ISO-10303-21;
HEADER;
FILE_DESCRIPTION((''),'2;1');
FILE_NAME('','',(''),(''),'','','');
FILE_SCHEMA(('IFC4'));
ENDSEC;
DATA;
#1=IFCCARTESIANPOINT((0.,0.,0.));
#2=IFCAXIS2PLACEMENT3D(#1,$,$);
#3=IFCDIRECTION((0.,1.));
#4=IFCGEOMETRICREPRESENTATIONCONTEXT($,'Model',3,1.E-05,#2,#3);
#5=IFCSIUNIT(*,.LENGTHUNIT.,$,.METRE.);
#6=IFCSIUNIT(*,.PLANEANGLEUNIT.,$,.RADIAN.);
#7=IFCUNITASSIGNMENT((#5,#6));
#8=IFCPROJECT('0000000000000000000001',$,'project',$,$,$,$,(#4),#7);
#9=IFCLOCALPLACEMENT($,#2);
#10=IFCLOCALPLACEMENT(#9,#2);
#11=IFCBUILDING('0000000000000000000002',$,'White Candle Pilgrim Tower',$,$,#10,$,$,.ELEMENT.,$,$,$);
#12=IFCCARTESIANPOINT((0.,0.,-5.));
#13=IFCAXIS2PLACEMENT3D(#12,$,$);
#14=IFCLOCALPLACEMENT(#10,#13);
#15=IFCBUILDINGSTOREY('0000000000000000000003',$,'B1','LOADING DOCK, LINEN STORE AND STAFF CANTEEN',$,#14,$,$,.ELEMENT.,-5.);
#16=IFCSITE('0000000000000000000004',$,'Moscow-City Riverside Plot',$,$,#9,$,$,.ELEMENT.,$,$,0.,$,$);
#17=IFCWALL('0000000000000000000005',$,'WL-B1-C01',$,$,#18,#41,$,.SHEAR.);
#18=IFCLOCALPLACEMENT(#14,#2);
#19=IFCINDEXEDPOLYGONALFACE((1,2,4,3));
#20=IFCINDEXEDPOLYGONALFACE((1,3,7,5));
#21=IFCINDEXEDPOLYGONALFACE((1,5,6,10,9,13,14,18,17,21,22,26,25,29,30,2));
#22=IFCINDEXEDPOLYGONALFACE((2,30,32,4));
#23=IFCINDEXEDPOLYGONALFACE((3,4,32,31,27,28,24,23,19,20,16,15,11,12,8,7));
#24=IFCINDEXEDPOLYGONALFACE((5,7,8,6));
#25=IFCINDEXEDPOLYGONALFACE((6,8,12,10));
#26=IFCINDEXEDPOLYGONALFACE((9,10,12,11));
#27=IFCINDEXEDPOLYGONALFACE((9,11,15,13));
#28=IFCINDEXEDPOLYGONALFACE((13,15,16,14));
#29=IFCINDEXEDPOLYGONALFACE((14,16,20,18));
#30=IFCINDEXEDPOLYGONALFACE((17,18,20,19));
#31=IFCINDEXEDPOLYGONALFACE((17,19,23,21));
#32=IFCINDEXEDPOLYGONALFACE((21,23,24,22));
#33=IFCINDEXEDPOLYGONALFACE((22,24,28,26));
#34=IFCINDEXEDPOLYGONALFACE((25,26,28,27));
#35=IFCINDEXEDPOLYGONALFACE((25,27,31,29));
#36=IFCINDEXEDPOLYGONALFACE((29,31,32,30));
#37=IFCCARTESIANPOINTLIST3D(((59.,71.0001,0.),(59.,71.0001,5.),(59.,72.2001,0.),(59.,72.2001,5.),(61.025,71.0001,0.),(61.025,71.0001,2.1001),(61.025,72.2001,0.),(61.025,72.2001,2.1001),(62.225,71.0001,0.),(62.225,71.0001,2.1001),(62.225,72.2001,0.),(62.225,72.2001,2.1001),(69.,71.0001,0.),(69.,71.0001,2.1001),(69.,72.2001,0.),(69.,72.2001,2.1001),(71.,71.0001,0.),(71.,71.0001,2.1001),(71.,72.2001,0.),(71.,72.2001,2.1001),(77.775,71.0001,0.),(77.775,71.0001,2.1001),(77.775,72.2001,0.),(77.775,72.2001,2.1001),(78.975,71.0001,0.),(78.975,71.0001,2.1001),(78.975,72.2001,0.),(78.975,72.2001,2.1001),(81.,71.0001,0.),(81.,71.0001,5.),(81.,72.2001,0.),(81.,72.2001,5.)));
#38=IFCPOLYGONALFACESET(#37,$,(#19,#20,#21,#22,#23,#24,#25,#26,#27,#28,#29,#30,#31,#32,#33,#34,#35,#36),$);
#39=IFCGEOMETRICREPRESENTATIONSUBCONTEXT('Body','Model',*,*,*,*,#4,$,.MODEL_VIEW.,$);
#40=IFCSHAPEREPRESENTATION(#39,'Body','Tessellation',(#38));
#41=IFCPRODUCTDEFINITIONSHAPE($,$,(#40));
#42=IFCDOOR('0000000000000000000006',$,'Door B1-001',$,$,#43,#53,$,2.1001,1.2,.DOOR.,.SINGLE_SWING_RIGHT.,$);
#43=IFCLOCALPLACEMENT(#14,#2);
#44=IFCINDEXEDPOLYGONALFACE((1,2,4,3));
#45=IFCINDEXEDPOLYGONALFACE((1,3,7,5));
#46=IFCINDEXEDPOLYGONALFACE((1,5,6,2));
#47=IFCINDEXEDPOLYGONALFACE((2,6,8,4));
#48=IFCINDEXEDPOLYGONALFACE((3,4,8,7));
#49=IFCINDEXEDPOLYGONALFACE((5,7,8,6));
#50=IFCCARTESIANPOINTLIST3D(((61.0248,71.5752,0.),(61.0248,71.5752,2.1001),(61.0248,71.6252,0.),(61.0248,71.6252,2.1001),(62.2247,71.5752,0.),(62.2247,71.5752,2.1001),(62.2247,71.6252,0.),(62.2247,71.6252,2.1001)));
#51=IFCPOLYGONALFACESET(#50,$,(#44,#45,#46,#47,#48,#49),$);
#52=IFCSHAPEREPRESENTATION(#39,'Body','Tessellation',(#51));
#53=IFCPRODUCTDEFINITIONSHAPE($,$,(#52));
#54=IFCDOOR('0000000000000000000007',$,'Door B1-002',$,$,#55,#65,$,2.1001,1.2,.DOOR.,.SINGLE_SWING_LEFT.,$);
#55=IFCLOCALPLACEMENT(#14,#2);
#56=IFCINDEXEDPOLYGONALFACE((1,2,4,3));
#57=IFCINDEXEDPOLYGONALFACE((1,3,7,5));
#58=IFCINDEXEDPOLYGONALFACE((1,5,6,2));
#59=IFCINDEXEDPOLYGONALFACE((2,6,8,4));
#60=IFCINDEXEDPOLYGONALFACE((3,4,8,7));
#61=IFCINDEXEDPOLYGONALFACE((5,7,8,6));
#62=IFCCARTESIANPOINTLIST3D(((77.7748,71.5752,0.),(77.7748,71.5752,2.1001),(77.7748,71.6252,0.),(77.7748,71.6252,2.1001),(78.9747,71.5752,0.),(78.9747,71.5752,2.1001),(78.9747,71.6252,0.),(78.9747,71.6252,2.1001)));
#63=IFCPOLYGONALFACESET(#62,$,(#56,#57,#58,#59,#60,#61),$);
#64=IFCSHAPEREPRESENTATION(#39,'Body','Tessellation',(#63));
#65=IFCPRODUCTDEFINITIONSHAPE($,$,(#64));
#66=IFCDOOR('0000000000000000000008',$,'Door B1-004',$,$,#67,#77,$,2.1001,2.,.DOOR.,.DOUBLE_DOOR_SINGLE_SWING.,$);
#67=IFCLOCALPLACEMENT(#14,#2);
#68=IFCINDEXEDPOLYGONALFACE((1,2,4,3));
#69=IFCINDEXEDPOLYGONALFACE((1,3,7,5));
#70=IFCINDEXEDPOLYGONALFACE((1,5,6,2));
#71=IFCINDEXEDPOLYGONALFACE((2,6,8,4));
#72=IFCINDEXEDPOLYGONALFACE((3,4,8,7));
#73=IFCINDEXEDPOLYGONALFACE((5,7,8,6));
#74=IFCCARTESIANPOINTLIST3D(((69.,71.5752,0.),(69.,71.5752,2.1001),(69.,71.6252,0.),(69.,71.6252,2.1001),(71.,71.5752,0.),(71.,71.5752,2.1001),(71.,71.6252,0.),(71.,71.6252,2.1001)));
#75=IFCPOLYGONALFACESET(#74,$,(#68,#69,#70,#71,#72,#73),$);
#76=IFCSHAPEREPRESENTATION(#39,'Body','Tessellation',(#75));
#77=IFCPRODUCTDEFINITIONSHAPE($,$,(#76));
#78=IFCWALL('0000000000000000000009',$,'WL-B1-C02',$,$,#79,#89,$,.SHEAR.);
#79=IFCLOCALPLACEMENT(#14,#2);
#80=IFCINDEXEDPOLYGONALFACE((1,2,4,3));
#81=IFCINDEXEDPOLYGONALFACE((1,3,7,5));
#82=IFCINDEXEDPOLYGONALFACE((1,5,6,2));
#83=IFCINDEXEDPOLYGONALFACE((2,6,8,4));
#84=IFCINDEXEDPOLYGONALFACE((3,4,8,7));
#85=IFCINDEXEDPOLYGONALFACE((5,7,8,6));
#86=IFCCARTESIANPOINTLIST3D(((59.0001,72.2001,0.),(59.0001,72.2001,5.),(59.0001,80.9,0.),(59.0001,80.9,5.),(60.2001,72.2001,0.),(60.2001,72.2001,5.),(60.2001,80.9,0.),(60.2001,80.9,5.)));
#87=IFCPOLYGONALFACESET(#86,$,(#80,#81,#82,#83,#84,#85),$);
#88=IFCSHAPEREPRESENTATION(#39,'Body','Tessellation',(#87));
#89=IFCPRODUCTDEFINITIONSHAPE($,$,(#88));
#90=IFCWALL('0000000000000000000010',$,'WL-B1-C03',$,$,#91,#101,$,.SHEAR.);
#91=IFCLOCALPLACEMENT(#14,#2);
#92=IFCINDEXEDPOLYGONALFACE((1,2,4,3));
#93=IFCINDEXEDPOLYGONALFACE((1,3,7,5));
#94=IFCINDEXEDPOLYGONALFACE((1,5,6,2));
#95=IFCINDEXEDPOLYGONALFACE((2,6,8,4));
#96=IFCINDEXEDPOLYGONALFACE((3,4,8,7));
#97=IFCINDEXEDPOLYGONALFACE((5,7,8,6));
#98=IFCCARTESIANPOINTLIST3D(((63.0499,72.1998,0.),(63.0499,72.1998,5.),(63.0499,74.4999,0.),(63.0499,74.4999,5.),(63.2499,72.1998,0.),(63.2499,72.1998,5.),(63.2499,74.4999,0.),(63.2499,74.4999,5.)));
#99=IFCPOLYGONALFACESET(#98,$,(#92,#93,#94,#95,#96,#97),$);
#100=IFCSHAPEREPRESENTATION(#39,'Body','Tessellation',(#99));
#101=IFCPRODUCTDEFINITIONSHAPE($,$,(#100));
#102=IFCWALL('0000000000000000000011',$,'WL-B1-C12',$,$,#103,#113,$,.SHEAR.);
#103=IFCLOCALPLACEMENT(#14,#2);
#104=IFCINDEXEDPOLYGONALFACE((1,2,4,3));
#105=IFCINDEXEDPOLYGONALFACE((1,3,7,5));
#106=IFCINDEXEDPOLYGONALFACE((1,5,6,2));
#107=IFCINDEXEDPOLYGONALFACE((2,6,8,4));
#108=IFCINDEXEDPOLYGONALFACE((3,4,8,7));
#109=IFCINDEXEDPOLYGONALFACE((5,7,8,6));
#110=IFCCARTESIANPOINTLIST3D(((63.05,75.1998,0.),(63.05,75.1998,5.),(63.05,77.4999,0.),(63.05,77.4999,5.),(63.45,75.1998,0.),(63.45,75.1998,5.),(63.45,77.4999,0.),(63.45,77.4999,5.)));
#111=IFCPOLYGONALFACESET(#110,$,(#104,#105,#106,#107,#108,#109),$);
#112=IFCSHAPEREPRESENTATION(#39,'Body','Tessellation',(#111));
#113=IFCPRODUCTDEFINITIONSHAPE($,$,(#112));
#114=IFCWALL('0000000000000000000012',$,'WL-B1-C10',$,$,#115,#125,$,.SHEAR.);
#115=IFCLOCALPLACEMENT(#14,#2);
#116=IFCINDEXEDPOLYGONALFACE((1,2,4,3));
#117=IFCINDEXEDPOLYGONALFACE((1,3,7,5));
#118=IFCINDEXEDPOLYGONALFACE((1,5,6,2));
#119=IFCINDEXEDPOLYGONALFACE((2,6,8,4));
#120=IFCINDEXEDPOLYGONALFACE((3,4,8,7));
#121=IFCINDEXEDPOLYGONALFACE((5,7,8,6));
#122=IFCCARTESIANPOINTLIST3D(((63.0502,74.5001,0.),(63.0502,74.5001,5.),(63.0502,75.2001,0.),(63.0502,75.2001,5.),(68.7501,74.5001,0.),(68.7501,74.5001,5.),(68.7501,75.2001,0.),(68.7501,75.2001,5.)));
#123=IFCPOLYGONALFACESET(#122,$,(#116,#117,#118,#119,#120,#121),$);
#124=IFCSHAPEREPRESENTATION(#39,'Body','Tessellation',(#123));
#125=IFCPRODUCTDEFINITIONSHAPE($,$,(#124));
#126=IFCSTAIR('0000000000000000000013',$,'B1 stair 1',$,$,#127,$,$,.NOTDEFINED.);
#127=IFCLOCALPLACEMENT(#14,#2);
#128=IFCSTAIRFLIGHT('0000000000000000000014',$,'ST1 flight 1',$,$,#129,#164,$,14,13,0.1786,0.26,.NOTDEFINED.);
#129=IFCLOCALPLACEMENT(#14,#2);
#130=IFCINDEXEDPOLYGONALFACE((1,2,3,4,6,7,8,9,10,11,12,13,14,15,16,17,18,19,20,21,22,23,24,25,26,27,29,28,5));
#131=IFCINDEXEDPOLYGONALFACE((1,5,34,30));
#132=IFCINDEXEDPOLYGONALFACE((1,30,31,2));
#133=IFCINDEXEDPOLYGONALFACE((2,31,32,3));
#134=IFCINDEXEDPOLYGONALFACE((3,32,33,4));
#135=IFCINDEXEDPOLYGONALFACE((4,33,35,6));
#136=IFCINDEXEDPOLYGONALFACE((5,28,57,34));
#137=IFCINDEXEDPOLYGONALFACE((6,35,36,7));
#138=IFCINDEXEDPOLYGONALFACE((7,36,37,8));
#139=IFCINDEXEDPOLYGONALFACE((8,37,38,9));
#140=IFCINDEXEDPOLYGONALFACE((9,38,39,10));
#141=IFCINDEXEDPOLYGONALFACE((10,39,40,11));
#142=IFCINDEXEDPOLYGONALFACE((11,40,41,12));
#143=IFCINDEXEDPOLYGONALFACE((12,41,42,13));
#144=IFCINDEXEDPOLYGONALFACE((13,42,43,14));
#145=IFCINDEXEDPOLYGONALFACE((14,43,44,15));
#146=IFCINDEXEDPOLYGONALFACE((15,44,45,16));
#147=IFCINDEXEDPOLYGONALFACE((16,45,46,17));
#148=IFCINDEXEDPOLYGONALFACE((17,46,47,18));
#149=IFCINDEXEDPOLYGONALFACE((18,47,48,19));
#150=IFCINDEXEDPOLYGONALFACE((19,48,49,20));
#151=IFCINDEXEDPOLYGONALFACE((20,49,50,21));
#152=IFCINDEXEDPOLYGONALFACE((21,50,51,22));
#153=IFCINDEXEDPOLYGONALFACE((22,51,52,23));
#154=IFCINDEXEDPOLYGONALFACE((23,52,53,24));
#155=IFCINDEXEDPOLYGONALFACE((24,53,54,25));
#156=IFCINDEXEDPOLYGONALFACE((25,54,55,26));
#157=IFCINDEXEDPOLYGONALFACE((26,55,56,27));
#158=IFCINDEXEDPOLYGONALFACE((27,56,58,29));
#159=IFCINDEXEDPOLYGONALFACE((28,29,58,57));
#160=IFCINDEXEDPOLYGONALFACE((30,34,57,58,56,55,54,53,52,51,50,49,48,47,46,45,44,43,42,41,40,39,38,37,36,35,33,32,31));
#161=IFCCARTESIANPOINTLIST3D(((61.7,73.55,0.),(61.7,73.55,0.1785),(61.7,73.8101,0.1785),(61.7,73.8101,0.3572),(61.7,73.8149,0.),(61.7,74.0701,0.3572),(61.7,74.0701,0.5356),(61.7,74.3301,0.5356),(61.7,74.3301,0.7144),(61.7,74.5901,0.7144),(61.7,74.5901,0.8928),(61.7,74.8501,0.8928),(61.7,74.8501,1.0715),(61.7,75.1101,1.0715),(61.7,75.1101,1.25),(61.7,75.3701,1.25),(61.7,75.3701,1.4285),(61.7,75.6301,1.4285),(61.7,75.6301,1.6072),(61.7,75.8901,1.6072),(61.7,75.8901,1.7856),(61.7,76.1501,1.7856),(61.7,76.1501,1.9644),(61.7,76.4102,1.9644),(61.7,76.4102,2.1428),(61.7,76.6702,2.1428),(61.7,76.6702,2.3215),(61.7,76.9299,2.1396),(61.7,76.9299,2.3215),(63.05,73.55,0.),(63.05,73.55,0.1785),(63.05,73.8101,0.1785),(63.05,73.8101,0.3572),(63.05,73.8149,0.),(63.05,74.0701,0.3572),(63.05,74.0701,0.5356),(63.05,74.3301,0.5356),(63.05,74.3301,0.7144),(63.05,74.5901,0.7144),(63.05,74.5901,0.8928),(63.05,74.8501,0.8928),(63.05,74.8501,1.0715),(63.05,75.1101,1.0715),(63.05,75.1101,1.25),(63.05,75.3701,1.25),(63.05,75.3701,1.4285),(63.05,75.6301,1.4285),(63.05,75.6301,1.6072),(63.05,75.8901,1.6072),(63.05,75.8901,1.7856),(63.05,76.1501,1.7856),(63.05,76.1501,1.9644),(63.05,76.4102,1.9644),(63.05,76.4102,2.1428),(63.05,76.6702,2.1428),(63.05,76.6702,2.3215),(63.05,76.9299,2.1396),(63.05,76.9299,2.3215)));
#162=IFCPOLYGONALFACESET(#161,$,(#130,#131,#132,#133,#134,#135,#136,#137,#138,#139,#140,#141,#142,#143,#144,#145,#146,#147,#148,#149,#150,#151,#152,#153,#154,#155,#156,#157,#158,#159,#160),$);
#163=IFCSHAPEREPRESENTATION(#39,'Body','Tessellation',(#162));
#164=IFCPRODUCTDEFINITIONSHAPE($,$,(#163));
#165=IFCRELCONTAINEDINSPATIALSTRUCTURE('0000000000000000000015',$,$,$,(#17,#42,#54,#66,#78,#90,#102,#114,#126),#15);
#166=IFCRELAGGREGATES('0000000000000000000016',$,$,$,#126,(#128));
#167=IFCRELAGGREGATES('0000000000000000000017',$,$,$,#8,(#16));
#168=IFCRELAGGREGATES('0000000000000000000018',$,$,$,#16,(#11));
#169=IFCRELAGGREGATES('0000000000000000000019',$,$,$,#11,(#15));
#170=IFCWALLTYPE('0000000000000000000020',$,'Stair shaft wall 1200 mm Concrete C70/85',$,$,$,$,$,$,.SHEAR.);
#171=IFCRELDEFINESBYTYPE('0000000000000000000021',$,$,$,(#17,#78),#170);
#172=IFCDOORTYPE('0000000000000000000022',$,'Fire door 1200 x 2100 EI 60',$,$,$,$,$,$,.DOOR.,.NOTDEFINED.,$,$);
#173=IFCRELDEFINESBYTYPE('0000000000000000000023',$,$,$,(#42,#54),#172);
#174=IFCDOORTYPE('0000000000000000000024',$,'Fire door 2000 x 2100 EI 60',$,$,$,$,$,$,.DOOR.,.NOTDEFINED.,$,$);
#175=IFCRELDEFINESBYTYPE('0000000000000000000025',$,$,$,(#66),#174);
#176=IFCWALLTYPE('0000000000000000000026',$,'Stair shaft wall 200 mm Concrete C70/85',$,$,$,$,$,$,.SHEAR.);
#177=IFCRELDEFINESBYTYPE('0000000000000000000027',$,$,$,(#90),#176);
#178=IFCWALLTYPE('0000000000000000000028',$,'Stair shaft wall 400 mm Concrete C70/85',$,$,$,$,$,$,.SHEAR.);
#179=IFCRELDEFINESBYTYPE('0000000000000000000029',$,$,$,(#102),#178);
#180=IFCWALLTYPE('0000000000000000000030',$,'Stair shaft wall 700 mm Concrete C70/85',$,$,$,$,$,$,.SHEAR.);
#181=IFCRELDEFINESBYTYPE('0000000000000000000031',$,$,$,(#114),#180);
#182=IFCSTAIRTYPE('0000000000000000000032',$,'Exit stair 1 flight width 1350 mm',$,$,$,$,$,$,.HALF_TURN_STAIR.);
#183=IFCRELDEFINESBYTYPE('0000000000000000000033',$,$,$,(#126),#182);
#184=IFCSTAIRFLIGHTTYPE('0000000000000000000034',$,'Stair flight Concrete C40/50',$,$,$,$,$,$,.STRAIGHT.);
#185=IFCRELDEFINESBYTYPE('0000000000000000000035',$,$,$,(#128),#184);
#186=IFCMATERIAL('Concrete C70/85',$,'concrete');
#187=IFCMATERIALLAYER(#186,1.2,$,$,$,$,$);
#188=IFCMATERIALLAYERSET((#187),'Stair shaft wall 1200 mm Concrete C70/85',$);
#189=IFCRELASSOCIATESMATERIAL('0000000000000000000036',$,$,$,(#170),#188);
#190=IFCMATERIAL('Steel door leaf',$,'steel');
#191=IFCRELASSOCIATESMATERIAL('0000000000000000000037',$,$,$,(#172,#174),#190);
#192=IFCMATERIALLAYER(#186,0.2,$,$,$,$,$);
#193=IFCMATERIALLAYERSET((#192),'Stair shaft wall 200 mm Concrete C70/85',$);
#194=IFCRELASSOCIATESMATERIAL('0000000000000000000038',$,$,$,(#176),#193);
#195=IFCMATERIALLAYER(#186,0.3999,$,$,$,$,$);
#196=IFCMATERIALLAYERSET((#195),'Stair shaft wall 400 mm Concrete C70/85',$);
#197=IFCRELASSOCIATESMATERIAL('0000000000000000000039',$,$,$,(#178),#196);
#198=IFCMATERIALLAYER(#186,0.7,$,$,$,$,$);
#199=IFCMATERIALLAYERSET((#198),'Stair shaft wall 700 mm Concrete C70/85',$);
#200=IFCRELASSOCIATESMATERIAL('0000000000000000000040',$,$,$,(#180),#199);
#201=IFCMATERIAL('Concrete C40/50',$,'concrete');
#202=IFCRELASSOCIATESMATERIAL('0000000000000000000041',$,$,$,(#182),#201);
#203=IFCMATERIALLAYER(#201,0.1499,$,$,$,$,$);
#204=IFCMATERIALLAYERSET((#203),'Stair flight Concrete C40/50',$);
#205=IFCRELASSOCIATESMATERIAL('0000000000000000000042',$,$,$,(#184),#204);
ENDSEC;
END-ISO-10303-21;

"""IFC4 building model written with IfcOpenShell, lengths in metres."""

from ifc_helpers import new_model, si_unit, direction, frame, frame_2d, origin, place, context, subcontext, project, spatial, polyline, rectangle, outline, extrude, material, layer, layer_set, type_object, element, fill, aggregate, save


model = new_model("IFC4")

# Units and contexts
model_context = context("Model", 3, precision=1e-05, world=origin(), true_north=direction((0.0, 1.0)))
body_context = subcontext(model_context, "Body", "Model", "MODEL_VIEW")
ifc_project = project(units=[si_unit("LENGTHUNIT", "METRE"), si_unit("PLANEANGLEUNIT", "RADIAN")], contexts=[model_context])

# Site, building, storey
site_placement = place(None, origin())
site = spatial("IfcSite", under=ifc_project, at=site_placement, Name="Moscow-City Riverside Plot", CompositionType="ELEMENT", RefElevation=0.0)
building_placement = place(site_placement, origin())
building = spatial("IfcBuilding", under=site, at=building_placement, Name="White Candle Pilgrim Tower", CompositionType="ELEMENT")
storey_placement = place(building_placement, frame((0.0, 0.0, -5.0)))
storey = spatial("IfcBuildingStorey", under=building, at=storey_placement, Name="B1", Description="LOADING DOCK, LINEN STORE AND STAFF CANTEEN", CompositionType="ELEMENT", Elevation=-5.0)

# Shared definitions
ifc_material_1 = material(Name="Concrete C70/85", Category="concrete")

# Wall, openings, doors
ifc_layer_1 = layer(ifc_material_1, 1.2)
ifc_layer_set_1 = layer_set([ifc_layer_1], Name="Stair shaft wall 1200 mm Concrete C70/85")
wall_type_1 = type_object("IfcWallType", Name="Stair shaft wall 1200 mm Concrete C70/85", PredefinedType="SHEAR", material=ifc_layer_set_1)
wall_1_placement = place(storey_placement, frame((59.0, 71.6001, 0.0), z_axis=(0.0, 0.0, 1.0), x_axis=(1.0, 0.0, 0.0)))
wall_1 = element("IfcWall", 1, at=wall_1_placement, inside=storey, type_object=wall_type_1, Name="WL-B1-C01", PredefinedType="SHEAR", context=body_context, shape_type="SweptSolid", body=[
    extrude(rectangle(XDim=22.0, YDim=1.2, at=frame_2d((11.0, 0.0))), origin(), (0.0, 0.0, 1.0), 5.0),
])
opening_1_placement = place(wall_1_placement, frame((2.0249, 0.0, 0.0)))
opening_1 = element("IfcOpeningElement", 2, at=opening_1_placement, cuts=wall_1, PredefinedType="OPENING", context=body_context, shape_type="SweptSolid", body=[
    extrude(rectangle(XDim=1.2, YDim=2.1001, at=frame_2d((0.6001, 1.05))), frame((0.0, 0.6099, 0.0), z_axis=(0.0, -1.0, 0.0), x_axis=(1.0, 0.0, 0.0)), (0.0, 0.0, 1.0), 1.22),
])
opening_2_placement = place(wall_1_placement, frame((18.7749, 0.0, 0.0)))
opening_2 = element("IfcOpeningElement", 3, at=opening_2_placement, cuts=wall_1, PredefinedType="OPENING", context=body_context, shape_type="SweptSolid", body=[
    extrude(rectangle(XDim=1.2, YDim=2.1001, at=frame_2d((0.6001, 1.05))), frame((0.0, 0.6099, 0.0), z_axis=(0.0, -1.0, 0.0), x_axis=(1.0, 0.0, 0.0)), (0.0, 0.0, 1.0), 1.22),
])
opening_3_placement = place(wall_1_placement, frame((10.0, 0.0, 0.0)))
opening_3 = element("IfcOpeningElement", 4, at=opening_3_placement, cuts=wall_1, PredefinedType="OPENING", context=body_context, shape_type="SweptSolid", body=[
    extrude(rectangle(XDim=2.0, YDim=2.1001, at=frame_2d((1.0, 1.05))), frame((0.0, 0.6099, 0.0), z_axis=(0.0, -1.0, 0.0), x_axis=(1.0, 0.0, 0.0)), (0.0, 0.0, 1.0), 1.22),
])
ifc_material_2 = material(Name="Steel door leaf", Category="steel")
door_type_1 = type_object("IfcDoorType", Name="Fire door 1200 x 2100 EI 60", OperationType="NOTDEFINED", PredefinedType="DOOR", material=ifc_material_2)
door_1_placement = place(opening_1_placement, frame((1.2, 0.0, 0.0), z_axis=(0.0, 0.0, 1.0), x_axis=(-1.0, 0.0, 0.0)))
door_1 = element("IfcDoor", 5, at=door_1_placement, inside=storey, type_object=door_type_1, Name="Door B1-001", OperationType="SINGLE_SWING_RIGHT", OverallHeight=2.1001, OverallWidth=1.2, PredefinedType="DOOR", context=body_context, shape_type="SweptSolid", body=[
    extrude(rectangle(XDim=1.2, YDim=2.1001, at=frame_2d((0.6001, 1.05))), frame((0.0, 0.0249, 0.0), z_axis=(0.0, -1.0, 0.0), x_axis=(1.0, 0.0, 0.0)), (0.0, 0.0, 1.0), 0.05),
])
fill(opening_1, door_1)
door_2_placement = place(opening_2_placement, frame((1.2, 0.0, 0.0), z_axis=(0.0, 0.0, 1.0), x_axis=(-1.0, 0.0, 0.0)))
door_2 = element("IfcDoor", 6, at=door_2_placement, inside=storey, type_object=door_type_1, Name="Door B1-002", OperationType="SINGLE_SWING_LEFT", OverallHeight=2.1001, OverallWidth=1.2, PredefinedType="DOOR", context=body_context, shape_type="SweptSolid", body=[
    extrude(rectangle(XDim=1.2, YDim=2.1001, at=frame_2d((0.6001, 1.05))), frame((0.0, 0.0249, 0.0), z_axis=(0.0, -1.0, 0.0), x_axis=(1.0, 0.0, 0.0)), (0.0, 0.0, 1.0), 0.05),
])
fill(opening_2, door_2)
door_type_2 = type_object("IfcDoorType", Name="Fire door 2000 x 2100 EI 60", OperationType="NOTDEFINED", PredefinedType="DOOR", material=ifc_material_2)
door_3_placement = place(opening_3_placement, frame((2.0, 0.0, 0.0), z_axis=(0.0, 0.0, 1.0), x_axis=(-1.0, 0.0, 0.0)))
door_3 = element("IfcDoor", 7, at=door_3_placement, inside=storey, type_object=door_type_2, Name="Door B1-004", OperationType="DOUBLE_DOOR_SINGLE_SWING", OverallHeight=2.1001, OverallWidth=2.0, PredefinedType="DOOR", context=body_context, shape_type="SweptSolid", body=[
    extrude(rectangle(XDim=2.0, YDim=2.1001, at=frame_2d((1.0, 1.05))), frame((0.0, 0.0249, 0.0), z_axis=(0.0, -1.0, 0.0), x_axis=(1.0, 0.0, 0.0)), (0.0, 0.0, 1.0), 0.05),
])
fill(opening_3, door_3)

# Walls
wall_2_placement = place(storey_placement, frame((59.6001, 72.2, 0.0), z_axis=(0.0, 0.0, 1.0), x_axis=(0.0, 1.0, 0.0)))
element("IfcWall", 8, at=wall_2_placement, inside=storey, type_object=wall_type_1, Name="WL-B1-C02", PredefinedType="SHEAR", context=body_context, shape_type="SweptSolid", body=[
    extrude(rectangle(XDim=8.7, YDim=1.2, at=frame_2d((4.3501, 0.0))), origin(), (0.0, 0.0, 1.0), 5.0),
])
ifc_layer_2 = layer(ifc_material_1, 0.2)
ifc_layer_set_2 = layer_set([ifc_layer_2], Name="Stair shaft wall 200 mm Concrete C70/85")
wall_type_2 = type_object("IfcWallType", Name="Stair shaft wall 200 mm Concrete C70/85", PredefinedType="SHEAR", material=ifc_layer_set_2)
wall_3_placement = place(storey_placement, frame((63.1499, 72.2, 0.0), z_axis=(0.0, 0.0, 1.0), x_axis=(0.0, 1.0, 0.0)))
element("IfcWall", 9, at=wall_3_placement, inside=storey, type_object=wall_type_2, Name="WL-B1-C03", PredefinedType="SHEAR", context=body_context, shape_type="SweptSolid", body=[
    extrude(rectangle(XDim=2.3, YDim=0.2, at=frame_2d((1.1499, 0.0))), origin(), (0.0, 0.0, 1.0), 5.0),
])
ifc_layer_3 = layer(ifc_material_1, 0.3999)
ifc_layer_set_3 = layer_set([ifc_layer_3], Name="Stair shaft wall 400 mm Concrete C70/85")
wall_type_3 = type_object("IfcWallType", Name="Stair shaft wall 400 mm Concrete C70/85", PredefinedType="SHEAR", material=ifc_layer_set_3)
wall_4_placement = place(storey_placement, frame((63.25, 75.2, 0.0), z_axis=(0.0, 0.0, 1.0), x_axis=(0.0, 1.0, 0.0)))
element("IfcWall", 10, at=wall_4_placement, inside=storey, type_object=wall_type_3, Name="WL-B1-C12", PredefinedType="SHEAR", context=body_context, shape_type="SweptSolid", body=[
    extrude(rectangle(XDim=2.3, YDim=0.3999, at=frame_2d((1.1499, 0.0))), origin(), (0.0, 0.0, 1.0), 5.0),
])
ifc_layer_4 = layer(ifc_material_1, 0.7)
ifc_layer_set_4 = layer_set([ifc_layer_4], Name="Stair shaft wall 700 mm Concrete C70/85")
wall_type_4 = type_object("IfcWallType", Name="Stair shaft wall 700 mm Concrete C70/85", PredefinedType="SHEAR", material=ifc_layer_set_4)
wall_5_placement = place(storey_placement, frame((63.05, 74.8501, 0.0), z_axis=(0.0, 0.0, 1.0), x_axis=(1.0, 0.0, 0.0)))
element("IfcWall", 11, at=wall_5_placement, inside=storey, type_object=wall_type_4, Name="WL-B1-C10", PredefinedType="SHEAR", context=body_context, shape_type="SweptSolid", body=[
    extrude(rectangle(XDim=5.7, YDim=0.7, at=frame_2d((2.8501, 0.0))), origin(), (0.0, 0.0, 1.0), 5.0),
])

# Stair, stair flight
ifc_material_3 = material(Name="Concrete C40/50", Category="concrete")
stair_type = type_object("IfcStairType", Name="Exit stair 1 flight width 1350 mm", PredefinedType="HALF_TURN_STAIR", material=ifc_material_3)
stair_placement = place(storey_placement, origin())
stair = element("IfcStair", 12, at=stair_placement, inside=storey, type_object=stair_type, Name="B1 stair 1", PredefinedType="NOTDEFINED")
ifc_layer_5 = layer(ifc_material_3, 0.1499)
ifc_layer_set_5 = layer_set([ifc_layer_5], Name="Stair flight Concrete C40/50")
stair_flight_type = type_object("IfcStairFlightType", Name="Stair flight Concrete C40/50", PredefinedType="STRAIGHT", material=ifc_layer_set_5)
stair_flight_placement = place(storey_placement, frame((62.375, 73.55, 0.0), z_axis=(0.0, 0.0, 1.0), x_axis=(0.0, 1.0, 0.0)))
stair_flight = element("IfcStairFlight", 13, at=stair_flight_placement, type_object=stair_flight_type, Name="ST1 flight 1", NumberOfRisers=14, NumberOfTreads=13, PredefinedType="NOTDEFINED", RiserHeight=0.1786, TreadLength=0.26, context=body_context, shape_type="SweptSolid", body=[
    extrude(outline(polyline([(0.0, 0.0), (0.0, 0.1785), (0.26, 0.1785), (0.26, 0.3572), (0.52, 0.3572), (0.52, 0.5356), (0.78, 0.5356), (0.78, 0.7144), (1.04, 0.7144), (1.04, 0.8928), (1.3, 0.8928), (1.3, 1.0715), (1.5601, 1.0715), (1.5601, 1.25), (1.8201, 1.25), (1.8201, 1.4285), (2.0801, 1.4285), (2.0801, 1.6072), (2.3401, 1.6072), (2.3401, 1.7856), (2.6001, 1.7856), (2.6001, 1.9644), (2.8601, 1.9644), (2.8601, 2.1428), (3.1201, 2.1428), (3.1201, 2.3215), (3.3799, 2.3215), (3.3799, 2.5), (3.3799, 2.1396), (0.2649, 0.0), (0.0, 0.0)])), frame((0.0, 0.675, 0.0), z_axis=(0.0, -1.0, 0.0), x_axis=(1.0, 0.0, 0.0)), (0.0, 0.0, 1.0), 1.3501),
])
aggregate(stair, [stair_flight])

save(model, "model.ifc")
